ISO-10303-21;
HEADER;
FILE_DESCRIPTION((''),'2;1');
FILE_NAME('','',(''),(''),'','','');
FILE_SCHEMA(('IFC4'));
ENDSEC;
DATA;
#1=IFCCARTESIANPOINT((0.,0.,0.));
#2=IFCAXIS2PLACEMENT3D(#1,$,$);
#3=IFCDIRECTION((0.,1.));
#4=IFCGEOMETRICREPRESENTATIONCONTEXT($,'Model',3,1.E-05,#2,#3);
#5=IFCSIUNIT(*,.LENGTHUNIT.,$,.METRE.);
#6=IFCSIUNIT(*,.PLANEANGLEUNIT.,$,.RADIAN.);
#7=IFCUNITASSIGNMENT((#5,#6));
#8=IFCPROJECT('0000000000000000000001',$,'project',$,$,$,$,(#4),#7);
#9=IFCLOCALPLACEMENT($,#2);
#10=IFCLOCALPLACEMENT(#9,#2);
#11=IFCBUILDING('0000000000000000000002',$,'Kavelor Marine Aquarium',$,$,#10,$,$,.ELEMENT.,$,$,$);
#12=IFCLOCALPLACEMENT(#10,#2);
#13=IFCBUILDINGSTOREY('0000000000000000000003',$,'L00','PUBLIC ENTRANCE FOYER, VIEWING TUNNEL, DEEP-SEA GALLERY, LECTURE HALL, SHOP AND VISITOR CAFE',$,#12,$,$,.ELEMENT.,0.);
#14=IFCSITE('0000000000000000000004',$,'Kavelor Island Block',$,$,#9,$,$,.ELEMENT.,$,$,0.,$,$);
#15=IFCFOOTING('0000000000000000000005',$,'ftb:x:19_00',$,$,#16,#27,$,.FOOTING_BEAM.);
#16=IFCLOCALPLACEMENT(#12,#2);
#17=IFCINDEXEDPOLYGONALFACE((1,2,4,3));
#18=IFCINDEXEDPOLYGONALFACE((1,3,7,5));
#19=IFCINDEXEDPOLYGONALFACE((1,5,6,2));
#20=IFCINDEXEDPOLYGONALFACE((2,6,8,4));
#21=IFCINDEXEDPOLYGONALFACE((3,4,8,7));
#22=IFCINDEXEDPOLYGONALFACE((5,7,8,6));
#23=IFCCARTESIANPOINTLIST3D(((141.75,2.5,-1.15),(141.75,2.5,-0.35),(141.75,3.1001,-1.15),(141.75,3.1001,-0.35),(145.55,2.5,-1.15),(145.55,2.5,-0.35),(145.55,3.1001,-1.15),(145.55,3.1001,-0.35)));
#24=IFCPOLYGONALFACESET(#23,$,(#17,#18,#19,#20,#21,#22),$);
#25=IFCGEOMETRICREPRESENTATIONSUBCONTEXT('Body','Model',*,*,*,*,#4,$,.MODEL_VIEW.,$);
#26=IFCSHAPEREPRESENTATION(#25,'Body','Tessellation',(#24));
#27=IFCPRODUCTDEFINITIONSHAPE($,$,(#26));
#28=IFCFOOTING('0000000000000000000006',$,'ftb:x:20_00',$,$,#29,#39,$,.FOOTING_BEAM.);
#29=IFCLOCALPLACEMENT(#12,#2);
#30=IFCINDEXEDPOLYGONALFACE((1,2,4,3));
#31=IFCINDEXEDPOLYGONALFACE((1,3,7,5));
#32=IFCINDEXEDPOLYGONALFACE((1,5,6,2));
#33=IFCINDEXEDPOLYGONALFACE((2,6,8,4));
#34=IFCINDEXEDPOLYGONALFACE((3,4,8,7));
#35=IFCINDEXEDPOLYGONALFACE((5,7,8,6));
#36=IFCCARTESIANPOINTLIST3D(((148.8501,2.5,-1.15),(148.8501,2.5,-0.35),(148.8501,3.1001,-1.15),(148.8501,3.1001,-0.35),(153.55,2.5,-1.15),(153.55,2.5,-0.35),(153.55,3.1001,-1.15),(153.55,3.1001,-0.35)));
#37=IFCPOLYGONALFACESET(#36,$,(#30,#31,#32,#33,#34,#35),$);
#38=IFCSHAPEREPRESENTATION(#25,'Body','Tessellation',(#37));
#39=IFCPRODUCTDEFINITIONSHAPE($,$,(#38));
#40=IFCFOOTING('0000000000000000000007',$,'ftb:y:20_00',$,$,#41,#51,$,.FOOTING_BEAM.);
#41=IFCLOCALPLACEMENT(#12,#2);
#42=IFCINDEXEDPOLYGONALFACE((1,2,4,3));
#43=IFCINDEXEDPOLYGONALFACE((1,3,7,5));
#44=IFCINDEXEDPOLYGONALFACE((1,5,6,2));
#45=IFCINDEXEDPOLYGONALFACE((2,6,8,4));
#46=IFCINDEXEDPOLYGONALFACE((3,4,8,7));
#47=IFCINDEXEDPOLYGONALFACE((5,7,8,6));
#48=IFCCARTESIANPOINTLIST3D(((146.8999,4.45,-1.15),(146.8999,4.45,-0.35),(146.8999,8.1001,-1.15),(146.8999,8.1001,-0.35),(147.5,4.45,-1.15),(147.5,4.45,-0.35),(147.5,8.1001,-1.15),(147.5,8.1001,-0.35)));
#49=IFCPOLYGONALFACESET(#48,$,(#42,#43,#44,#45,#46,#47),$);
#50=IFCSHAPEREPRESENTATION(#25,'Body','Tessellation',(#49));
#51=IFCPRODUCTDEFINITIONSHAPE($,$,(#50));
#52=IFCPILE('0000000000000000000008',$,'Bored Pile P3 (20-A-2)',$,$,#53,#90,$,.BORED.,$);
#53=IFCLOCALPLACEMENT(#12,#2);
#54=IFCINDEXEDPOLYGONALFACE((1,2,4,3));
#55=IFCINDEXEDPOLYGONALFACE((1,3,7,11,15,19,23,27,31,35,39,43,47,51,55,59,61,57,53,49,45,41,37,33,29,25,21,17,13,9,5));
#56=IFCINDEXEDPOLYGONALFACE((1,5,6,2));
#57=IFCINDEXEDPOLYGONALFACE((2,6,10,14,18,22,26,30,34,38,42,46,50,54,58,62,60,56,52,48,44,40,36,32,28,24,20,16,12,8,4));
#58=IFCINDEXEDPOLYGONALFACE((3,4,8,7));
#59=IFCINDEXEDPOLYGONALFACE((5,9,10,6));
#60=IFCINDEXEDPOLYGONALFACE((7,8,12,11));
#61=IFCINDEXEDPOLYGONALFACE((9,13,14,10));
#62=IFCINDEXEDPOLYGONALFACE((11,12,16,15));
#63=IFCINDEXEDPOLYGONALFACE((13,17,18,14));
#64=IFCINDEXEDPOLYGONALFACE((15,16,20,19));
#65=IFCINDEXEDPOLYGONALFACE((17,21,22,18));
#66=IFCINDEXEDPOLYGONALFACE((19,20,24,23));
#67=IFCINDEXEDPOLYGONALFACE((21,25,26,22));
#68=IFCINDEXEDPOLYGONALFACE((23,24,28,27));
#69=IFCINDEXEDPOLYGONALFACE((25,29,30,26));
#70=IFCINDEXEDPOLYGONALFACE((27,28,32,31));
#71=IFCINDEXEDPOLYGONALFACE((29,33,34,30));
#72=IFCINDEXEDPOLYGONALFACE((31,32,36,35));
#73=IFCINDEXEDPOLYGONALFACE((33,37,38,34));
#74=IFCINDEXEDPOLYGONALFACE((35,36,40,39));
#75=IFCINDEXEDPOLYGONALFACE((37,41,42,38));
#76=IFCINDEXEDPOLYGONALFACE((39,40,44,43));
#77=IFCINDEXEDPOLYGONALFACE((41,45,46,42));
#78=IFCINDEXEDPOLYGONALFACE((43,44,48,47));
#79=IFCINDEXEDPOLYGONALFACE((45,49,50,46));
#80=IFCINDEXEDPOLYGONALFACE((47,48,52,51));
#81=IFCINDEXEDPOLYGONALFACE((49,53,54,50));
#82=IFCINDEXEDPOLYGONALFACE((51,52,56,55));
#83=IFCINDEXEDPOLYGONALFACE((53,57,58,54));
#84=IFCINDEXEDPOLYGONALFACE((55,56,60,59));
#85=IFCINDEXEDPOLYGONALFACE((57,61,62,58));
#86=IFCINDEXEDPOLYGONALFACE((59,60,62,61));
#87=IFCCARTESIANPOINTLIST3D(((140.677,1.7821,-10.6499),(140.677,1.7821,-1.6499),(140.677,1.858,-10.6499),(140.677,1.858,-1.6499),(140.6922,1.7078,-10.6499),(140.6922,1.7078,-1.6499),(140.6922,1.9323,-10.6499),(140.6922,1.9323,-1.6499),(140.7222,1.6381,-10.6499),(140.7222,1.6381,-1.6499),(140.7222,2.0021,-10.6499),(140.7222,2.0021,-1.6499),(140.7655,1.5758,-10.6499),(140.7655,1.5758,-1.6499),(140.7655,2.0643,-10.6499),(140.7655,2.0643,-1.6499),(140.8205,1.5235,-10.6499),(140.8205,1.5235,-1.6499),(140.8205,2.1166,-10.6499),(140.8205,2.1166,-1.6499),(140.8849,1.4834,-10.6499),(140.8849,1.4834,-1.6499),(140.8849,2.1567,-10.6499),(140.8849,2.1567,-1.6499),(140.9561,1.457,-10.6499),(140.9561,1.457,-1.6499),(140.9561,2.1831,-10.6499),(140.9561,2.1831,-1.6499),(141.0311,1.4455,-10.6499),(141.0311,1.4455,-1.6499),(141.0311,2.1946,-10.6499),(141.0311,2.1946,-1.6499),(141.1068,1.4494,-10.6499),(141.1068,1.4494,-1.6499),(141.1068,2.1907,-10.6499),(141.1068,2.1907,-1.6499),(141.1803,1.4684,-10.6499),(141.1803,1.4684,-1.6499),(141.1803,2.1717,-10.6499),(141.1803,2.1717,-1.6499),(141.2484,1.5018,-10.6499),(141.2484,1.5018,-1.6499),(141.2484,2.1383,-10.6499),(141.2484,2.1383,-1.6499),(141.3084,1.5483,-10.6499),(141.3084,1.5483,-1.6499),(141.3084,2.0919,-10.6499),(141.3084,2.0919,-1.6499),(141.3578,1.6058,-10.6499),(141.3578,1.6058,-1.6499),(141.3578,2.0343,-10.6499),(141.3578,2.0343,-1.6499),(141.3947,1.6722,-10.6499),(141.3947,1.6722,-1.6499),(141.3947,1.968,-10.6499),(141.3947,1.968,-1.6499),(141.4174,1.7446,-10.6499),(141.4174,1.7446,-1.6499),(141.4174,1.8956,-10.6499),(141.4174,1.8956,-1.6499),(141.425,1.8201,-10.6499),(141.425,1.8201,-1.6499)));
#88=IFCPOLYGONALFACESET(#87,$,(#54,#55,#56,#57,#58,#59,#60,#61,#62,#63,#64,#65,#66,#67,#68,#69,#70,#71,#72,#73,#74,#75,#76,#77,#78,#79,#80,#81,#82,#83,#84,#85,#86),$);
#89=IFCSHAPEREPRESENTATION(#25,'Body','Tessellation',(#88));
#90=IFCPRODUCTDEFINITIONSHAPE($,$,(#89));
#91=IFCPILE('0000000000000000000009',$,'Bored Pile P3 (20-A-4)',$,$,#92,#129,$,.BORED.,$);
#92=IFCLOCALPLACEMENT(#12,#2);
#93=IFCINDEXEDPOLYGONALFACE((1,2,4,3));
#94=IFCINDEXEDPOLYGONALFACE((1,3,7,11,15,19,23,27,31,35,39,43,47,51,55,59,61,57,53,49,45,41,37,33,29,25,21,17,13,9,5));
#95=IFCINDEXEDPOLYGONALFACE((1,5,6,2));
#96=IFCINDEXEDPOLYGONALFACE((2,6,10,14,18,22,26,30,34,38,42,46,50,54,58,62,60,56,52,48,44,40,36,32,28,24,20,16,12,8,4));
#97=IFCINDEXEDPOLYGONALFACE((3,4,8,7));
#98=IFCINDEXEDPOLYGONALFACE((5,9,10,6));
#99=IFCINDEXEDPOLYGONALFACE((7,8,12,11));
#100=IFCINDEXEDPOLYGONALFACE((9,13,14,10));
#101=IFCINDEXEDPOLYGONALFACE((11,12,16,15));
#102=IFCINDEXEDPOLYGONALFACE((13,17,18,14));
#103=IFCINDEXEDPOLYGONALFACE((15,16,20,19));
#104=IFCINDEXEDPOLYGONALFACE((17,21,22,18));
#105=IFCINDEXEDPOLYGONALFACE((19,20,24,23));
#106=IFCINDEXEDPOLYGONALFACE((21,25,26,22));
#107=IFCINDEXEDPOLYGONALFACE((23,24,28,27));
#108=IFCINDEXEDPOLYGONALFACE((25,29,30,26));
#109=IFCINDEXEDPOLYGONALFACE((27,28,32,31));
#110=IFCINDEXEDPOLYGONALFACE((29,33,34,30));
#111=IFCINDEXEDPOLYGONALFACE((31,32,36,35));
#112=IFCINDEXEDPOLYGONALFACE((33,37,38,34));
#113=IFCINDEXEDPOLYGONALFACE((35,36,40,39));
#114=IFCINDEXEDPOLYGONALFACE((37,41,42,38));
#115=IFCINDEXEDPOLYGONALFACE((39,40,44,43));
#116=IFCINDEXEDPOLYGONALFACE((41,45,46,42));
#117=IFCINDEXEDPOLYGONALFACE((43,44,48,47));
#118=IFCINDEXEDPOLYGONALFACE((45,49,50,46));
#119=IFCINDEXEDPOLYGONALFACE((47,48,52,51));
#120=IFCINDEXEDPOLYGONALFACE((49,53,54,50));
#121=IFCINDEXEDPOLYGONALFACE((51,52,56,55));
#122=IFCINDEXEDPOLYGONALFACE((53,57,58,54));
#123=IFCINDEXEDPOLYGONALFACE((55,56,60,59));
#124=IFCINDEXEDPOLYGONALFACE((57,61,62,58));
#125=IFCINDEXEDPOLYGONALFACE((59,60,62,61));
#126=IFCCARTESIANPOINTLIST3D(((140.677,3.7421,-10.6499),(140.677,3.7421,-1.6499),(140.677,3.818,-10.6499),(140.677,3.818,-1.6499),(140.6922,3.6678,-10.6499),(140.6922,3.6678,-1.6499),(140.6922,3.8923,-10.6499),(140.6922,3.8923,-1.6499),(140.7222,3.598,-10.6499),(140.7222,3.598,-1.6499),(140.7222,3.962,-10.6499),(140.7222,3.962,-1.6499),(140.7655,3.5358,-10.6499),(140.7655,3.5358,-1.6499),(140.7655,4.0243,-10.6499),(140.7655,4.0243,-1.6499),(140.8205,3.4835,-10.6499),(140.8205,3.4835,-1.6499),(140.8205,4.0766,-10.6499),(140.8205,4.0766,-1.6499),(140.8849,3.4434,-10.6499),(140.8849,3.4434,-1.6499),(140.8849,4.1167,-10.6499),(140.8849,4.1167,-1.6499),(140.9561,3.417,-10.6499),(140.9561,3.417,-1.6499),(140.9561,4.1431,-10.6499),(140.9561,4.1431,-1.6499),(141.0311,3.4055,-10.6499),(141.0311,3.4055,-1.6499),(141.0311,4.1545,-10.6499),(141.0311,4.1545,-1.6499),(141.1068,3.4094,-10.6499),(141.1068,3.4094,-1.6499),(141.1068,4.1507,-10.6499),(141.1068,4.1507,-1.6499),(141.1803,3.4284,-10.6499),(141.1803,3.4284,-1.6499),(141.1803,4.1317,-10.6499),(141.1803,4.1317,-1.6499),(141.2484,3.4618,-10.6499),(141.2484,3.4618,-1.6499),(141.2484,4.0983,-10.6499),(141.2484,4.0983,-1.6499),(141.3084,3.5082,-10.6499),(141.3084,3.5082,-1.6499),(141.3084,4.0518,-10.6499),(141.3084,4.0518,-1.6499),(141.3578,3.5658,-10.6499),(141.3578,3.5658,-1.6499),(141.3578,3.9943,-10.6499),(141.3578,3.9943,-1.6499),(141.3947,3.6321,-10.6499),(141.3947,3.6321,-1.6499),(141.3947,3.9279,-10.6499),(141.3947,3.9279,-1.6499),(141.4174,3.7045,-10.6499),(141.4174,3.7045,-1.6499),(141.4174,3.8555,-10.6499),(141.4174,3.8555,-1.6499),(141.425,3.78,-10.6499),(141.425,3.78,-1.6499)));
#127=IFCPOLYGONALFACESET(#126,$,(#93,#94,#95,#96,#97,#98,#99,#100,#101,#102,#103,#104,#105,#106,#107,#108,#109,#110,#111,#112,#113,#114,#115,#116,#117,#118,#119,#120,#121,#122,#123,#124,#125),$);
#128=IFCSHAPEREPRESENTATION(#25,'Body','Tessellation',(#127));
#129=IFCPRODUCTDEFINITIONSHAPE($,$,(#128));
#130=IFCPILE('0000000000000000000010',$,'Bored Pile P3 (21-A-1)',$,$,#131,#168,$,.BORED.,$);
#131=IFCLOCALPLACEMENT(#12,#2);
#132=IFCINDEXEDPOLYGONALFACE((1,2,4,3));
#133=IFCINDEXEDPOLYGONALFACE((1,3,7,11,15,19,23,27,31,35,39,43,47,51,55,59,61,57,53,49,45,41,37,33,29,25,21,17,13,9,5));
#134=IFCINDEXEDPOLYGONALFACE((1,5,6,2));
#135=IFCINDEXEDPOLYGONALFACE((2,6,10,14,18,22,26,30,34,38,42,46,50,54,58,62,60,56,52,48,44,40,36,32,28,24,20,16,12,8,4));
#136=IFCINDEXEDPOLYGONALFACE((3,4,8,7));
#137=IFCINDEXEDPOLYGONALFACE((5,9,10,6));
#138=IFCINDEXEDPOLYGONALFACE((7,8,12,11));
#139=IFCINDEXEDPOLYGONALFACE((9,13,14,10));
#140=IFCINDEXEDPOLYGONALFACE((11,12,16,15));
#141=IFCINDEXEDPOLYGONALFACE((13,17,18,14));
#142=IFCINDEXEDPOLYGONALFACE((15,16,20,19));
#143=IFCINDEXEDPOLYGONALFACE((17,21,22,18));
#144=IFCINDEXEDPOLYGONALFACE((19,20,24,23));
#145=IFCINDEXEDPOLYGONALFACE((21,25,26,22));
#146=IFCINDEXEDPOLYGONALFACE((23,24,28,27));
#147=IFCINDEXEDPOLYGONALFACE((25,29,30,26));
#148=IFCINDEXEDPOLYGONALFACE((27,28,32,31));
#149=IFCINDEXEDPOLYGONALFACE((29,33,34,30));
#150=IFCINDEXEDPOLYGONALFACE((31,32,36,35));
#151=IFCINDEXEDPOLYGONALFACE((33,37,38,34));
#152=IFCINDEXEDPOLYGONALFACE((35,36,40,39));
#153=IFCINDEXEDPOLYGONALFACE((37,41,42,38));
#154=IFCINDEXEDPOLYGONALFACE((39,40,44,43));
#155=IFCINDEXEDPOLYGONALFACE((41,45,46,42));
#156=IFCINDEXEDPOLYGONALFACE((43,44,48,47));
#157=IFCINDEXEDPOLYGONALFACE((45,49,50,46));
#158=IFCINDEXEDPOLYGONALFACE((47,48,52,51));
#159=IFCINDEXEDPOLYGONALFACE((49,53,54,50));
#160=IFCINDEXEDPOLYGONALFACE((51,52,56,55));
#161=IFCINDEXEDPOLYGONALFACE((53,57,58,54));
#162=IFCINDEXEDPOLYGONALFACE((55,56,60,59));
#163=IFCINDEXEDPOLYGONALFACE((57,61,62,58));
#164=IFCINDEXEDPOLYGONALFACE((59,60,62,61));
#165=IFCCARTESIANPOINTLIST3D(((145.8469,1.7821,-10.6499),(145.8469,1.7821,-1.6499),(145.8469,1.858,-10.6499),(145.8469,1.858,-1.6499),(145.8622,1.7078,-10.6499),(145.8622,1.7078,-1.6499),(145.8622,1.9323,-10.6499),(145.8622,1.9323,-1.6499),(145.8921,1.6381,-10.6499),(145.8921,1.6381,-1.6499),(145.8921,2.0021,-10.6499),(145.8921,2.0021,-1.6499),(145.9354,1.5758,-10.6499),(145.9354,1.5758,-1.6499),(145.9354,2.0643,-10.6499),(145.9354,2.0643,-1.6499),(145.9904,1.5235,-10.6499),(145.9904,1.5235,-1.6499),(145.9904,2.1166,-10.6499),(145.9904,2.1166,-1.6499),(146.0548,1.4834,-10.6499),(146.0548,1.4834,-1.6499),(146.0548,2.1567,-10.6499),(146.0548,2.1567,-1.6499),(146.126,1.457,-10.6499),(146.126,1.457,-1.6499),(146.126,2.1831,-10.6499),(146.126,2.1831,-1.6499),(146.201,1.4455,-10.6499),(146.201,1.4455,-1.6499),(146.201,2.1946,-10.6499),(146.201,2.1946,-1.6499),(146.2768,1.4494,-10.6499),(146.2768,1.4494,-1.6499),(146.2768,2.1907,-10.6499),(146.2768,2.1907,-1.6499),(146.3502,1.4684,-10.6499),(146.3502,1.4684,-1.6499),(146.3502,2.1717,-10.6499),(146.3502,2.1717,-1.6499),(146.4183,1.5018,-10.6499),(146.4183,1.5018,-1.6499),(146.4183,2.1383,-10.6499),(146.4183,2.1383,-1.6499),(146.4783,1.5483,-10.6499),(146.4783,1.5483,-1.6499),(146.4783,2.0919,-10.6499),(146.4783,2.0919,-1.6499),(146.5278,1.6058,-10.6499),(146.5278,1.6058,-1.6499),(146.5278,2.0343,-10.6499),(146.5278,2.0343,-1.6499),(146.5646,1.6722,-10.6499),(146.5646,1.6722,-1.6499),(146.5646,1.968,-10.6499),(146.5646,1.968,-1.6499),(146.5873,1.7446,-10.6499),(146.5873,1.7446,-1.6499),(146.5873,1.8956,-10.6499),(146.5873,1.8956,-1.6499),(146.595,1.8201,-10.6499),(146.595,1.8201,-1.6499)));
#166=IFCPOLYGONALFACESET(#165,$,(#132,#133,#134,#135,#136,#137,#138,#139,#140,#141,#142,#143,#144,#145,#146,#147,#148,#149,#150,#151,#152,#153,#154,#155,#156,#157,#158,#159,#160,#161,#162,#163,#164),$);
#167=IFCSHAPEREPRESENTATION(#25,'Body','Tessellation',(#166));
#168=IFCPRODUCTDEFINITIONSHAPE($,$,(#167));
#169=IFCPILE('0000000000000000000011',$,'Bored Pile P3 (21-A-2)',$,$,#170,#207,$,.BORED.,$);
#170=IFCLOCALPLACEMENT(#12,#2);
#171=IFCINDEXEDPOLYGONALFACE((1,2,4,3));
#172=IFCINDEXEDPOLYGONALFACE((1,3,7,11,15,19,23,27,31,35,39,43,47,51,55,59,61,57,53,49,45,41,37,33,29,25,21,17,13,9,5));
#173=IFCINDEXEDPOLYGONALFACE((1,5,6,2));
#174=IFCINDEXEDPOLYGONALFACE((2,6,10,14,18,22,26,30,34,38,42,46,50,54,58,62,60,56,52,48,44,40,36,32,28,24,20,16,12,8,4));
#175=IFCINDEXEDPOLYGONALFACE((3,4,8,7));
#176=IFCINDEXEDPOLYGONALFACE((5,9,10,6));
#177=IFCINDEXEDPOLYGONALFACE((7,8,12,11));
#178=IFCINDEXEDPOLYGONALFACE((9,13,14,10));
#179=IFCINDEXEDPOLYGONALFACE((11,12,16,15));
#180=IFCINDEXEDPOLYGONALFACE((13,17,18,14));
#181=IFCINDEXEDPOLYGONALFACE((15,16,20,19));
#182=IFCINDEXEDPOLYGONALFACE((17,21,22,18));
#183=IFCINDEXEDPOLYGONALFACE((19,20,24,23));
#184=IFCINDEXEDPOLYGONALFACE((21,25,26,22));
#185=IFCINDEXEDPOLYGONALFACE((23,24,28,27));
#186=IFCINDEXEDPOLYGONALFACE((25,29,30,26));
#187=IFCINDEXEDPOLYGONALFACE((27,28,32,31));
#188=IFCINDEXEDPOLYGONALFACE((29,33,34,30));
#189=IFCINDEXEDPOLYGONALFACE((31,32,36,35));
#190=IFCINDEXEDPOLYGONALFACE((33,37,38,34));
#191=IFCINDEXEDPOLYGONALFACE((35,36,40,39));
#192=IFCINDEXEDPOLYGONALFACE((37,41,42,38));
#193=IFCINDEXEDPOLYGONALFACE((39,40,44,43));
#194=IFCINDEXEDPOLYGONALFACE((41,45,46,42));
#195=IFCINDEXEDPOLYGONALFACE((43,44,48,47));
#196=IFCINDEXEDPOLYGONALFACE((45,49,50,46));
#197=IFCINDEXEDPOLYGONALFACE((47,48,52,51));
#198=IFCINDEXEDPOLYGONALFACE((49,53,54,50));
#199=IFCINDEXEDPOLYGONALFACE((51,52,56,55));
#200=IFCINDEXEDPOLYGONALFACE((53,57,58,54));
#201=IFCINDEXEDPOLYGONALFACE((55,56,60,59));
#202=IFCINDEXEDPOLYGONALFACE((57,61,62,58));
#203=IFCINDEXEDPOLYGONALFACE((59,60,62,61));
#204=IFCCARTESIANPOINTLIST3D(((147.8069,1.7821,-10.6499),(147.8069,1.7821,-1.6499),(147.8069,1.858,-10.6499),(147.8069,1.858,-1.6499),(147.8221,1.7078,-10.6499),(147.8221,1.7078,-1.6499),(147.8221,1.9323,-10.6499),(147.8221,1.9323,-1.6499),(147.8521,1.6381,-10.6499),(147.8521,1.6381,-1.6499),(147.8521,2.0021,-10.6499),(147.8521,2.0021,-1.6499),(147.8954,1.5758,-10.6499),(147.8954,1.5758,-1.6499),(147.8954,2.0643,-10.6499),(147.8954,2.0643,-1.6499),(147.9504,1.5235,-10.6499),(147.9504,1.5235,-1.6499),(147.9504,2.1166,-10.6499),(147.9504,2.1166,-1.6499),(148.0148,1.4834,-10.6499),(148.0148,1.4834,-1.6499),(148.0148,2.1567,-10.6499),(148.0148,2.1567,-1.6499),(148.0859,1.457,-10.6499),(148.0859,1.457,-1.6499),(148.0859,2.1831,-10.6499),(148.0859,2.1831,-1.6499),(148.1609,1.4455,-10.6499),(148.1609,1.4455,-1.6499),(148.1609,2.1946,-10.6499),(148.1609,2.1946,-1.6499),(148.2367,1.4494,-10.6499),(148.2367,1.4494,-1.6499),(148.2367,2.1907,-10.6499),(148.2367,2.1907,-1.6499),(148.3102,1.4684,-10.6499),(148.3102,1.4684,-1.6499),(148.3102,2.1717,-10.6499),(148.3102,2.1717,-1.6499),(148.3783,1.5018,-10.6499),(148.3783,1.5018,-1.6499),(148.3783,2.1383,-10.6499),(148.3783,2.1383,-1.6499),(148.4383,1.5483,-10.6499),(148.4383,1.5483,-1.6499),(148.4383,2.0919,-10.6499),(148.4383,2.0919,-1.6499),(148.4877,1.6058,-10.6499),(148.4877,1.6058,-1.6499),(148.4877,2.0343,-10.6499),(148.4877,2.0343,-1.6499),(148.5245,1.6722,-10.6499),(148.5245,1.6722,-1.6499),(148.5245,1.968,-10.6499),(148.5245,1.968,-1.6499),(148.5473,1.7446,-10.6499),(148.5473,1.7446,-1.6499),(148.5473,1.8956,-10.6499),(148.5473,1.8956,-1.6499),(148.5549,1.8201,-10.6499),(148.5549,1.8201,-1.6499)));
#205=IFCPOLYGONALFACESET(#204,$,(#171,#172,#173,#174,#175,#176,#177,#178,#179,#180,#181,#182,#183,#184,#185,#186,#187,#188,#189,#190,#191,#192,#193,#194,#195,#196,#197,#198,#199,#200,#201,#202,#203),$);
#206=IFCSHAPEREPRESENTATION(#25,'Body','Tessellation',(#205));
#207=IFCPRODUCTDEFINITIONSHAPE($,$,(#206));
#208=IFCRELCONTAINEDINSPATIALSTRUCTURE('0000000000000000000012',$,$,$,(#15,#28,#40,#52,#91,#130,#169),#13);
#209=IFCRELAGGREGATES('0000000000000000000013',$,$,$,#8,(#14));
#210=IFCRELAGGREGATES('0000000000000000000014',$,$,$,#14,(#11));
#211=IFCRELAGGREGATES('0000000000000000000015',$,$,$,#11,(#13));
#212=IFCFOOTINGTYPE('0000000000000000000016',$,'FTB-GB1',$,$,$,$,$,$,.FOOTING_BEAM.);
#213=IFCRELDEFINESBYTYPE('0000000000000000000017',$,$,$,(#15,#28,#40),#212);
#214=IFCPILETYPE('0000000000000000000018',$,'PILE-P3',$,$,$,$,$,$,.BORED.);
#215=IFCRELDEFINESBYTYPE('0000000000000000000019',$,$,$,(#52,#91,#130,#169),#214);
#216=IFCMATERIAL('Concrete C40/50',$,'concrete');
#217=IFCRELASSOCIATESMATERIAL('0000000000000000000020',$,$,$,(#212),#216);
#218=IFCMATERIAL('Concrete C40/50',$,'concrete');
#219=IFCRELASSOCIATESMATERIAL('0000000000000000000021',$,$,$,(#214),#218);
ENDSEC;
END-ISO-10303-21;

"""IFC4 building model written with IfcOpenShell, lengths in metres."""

from ifc_helpers import new_model, si_unit, direction, frame, origin, origin_2d, place, context, subcontext, project, spatial, rectangle, circle, extrude, material, material_profile, profile_set, type_object, element, save


model = new_model("IFC4")

# Units and contexts
model_context = context("Model", 3, precision=1e-05, world=origin(), true_north=direction((0.0, 1.0)))
body_context = subcontext(model_context, "Body", "Model", "MODEL_VIEW")
ifc_project = project(units=[si_unit("LENGTHUNIT", "METRE"), si_unit("PLANEANGLEUNIT", "RADIAN")], contexts=[model_context])

# Site, building, storey
site_placement = place(None, origin())
site = spatial("IfcSite", under=ifc_project, at=site_placement, Name="Kavelor Island Block", CompositionType="ELEMENT", RefElevation=0.0)
building_placement = place(site_placement, origin())
building = spatial("IfcBuilding", under=site, at=building_placement, Name="Kavelor Marine Aquarium", CompositionType="ELEMENT")
storey_placement = place(building_placement, origin())
storey = spatial("IfcBuildingStorey", under=building, at=storey_placement, Name="L00", Description="PUBLIC ENTRANCE FOYER, VIEWING TUNNEL, DEEP-SEA GALLERY, LECTURE HALL, SHOP AND VISITOR CAFE", CompositionType="ELEMENT", Elevation=0.0)

# Footings
ifc_material_1 = material(Name="Concrete C40/50", Category="concrete")
ifc_material_profile_1 = material_profile(ifc_material_1, rectangle(XDim=0.6001, YDim=0.8, at=origin_2d()), Name="GB 600x800")
ifc_profile_set_1 = profile_set([ifc_material_profile_1], Name="Concrete C40/50")
footing_type = type_object("IfcFootingType", Name="FTB-GB1", PredefinedType="FOOTING_BEAM", material=ifc_profile_set_1)
footing_1_placement = place(storey_placement, frame((141.75, 2.8, -0.75), z_axis=(1.0, 0.0, 0.0), x_axis=(0.0, 1.0, 0.0)))
element("IfcFooting", 1, at=footing_1_placement, inside=storey, type_object=footing_type, Name="ftb:x:19_00", PredefinedType="FOOTING_BEAM", context=body_context, shape_type="SweptSolid", body=[
    extrude(rectangle(XDim=0.6001, YDim=0.8, at=origin_2d()), origin(), (0.0, 0.0, 1.0), 3.8),
])
footing_2_placement = place(storey_placement, frame((148.8501, 2.8, -0.75), z_axis=(1.0, 0.0, 0.0), x_axis=(0.0, 1.0, 0.0)))
element("IfcFooting", 2, at=footing_2_placement, inside=storey, type_object=footing_type, Name="ftb:x:20_00", PredefinedType="FOOTING_BEAM", context=body_context, shape_type="SweptSolid", body=[
    extrude(rectangle(XDim=0.6001, YDim=0.8, at=origin_2d()), origin(), (0.0, 0.0, 1.0), 4.7),
])
footing_3_placement = place(storey_placement, frame((147.2, 4.45, -0.75), z_axis=(0.0, 1.0, 0.0), x_axis=(-1.0, 0.0, 0.0)))
element("IfcFooting", 3, at=footing_3_placement, inside=storey, type_object=footing_type, Name="ftb:y:20_00", PredefinedType="FOOTING_BEAM", context=body_context, shape_type="SweptSolid", body=[
    extrude(rectangle(XDim=0.6001, YDim=0.8, at=origin_2d()), origin(), (0.0, 0.0, 1.0), 3.6501),
])

# Piles
ifc_material_2 = material(Name="Concrete C40/50", Category="concrete")
ifc_material_profile_2 = material_profile(ifc_material_2, circle(Radius=0.375, at=origin_2d()), Name="PILE D750")
ifc_profile_set_2 = profile_set([ifc_material_profile_2], Name="Concrete C40/50")
pile_type = type_object("IfcPileType", Name="PILE-P3", PredefinedType="BORED", material=ifc_profile_set_2)
for number, where, z_axis, x_axis, name in (
    (4, (141.05, 1.8201, -1.6499), (0.0, 0.0, -1.0), (1.0, 0.0, 0.0), "Bored Pile P3 (20-A-2)"),
    (5, (141.05, 3.78, -1.6499), (0.0, 0.0, -1.0), (1.0, 0.0, 0.0), "Bored Pile P3 (20-A-4)"),
    (6, (146.22, 1.8201, -1.6499), (0.0, 0.0, -1.0), (1.0, 0.0, 0.0), "Bored Pile P3 (21-A-1)"),
    (7, (148.1799, 1.8201, -1.6499), (0.0, 0.0, -1.0), (1.0, 0.0, 0.0), "Bored Pile P3 (21-A-2)"),
):
    element("IfcPile", number, at=place(storey_placement, frame(where, z_axis=z_axis, x_axis=x_axis)), inside=storey, type_object=pile_type, Name=name, PredefinedType="BORED", context=body_context, shape_type="SweptSolid", body=[
        extrude(circle(Radius=0.375, at=origin_2d()), origin(), (0.0, 0.0, 1.0), 9.0),
    ])

save(model, "model.ifc")
